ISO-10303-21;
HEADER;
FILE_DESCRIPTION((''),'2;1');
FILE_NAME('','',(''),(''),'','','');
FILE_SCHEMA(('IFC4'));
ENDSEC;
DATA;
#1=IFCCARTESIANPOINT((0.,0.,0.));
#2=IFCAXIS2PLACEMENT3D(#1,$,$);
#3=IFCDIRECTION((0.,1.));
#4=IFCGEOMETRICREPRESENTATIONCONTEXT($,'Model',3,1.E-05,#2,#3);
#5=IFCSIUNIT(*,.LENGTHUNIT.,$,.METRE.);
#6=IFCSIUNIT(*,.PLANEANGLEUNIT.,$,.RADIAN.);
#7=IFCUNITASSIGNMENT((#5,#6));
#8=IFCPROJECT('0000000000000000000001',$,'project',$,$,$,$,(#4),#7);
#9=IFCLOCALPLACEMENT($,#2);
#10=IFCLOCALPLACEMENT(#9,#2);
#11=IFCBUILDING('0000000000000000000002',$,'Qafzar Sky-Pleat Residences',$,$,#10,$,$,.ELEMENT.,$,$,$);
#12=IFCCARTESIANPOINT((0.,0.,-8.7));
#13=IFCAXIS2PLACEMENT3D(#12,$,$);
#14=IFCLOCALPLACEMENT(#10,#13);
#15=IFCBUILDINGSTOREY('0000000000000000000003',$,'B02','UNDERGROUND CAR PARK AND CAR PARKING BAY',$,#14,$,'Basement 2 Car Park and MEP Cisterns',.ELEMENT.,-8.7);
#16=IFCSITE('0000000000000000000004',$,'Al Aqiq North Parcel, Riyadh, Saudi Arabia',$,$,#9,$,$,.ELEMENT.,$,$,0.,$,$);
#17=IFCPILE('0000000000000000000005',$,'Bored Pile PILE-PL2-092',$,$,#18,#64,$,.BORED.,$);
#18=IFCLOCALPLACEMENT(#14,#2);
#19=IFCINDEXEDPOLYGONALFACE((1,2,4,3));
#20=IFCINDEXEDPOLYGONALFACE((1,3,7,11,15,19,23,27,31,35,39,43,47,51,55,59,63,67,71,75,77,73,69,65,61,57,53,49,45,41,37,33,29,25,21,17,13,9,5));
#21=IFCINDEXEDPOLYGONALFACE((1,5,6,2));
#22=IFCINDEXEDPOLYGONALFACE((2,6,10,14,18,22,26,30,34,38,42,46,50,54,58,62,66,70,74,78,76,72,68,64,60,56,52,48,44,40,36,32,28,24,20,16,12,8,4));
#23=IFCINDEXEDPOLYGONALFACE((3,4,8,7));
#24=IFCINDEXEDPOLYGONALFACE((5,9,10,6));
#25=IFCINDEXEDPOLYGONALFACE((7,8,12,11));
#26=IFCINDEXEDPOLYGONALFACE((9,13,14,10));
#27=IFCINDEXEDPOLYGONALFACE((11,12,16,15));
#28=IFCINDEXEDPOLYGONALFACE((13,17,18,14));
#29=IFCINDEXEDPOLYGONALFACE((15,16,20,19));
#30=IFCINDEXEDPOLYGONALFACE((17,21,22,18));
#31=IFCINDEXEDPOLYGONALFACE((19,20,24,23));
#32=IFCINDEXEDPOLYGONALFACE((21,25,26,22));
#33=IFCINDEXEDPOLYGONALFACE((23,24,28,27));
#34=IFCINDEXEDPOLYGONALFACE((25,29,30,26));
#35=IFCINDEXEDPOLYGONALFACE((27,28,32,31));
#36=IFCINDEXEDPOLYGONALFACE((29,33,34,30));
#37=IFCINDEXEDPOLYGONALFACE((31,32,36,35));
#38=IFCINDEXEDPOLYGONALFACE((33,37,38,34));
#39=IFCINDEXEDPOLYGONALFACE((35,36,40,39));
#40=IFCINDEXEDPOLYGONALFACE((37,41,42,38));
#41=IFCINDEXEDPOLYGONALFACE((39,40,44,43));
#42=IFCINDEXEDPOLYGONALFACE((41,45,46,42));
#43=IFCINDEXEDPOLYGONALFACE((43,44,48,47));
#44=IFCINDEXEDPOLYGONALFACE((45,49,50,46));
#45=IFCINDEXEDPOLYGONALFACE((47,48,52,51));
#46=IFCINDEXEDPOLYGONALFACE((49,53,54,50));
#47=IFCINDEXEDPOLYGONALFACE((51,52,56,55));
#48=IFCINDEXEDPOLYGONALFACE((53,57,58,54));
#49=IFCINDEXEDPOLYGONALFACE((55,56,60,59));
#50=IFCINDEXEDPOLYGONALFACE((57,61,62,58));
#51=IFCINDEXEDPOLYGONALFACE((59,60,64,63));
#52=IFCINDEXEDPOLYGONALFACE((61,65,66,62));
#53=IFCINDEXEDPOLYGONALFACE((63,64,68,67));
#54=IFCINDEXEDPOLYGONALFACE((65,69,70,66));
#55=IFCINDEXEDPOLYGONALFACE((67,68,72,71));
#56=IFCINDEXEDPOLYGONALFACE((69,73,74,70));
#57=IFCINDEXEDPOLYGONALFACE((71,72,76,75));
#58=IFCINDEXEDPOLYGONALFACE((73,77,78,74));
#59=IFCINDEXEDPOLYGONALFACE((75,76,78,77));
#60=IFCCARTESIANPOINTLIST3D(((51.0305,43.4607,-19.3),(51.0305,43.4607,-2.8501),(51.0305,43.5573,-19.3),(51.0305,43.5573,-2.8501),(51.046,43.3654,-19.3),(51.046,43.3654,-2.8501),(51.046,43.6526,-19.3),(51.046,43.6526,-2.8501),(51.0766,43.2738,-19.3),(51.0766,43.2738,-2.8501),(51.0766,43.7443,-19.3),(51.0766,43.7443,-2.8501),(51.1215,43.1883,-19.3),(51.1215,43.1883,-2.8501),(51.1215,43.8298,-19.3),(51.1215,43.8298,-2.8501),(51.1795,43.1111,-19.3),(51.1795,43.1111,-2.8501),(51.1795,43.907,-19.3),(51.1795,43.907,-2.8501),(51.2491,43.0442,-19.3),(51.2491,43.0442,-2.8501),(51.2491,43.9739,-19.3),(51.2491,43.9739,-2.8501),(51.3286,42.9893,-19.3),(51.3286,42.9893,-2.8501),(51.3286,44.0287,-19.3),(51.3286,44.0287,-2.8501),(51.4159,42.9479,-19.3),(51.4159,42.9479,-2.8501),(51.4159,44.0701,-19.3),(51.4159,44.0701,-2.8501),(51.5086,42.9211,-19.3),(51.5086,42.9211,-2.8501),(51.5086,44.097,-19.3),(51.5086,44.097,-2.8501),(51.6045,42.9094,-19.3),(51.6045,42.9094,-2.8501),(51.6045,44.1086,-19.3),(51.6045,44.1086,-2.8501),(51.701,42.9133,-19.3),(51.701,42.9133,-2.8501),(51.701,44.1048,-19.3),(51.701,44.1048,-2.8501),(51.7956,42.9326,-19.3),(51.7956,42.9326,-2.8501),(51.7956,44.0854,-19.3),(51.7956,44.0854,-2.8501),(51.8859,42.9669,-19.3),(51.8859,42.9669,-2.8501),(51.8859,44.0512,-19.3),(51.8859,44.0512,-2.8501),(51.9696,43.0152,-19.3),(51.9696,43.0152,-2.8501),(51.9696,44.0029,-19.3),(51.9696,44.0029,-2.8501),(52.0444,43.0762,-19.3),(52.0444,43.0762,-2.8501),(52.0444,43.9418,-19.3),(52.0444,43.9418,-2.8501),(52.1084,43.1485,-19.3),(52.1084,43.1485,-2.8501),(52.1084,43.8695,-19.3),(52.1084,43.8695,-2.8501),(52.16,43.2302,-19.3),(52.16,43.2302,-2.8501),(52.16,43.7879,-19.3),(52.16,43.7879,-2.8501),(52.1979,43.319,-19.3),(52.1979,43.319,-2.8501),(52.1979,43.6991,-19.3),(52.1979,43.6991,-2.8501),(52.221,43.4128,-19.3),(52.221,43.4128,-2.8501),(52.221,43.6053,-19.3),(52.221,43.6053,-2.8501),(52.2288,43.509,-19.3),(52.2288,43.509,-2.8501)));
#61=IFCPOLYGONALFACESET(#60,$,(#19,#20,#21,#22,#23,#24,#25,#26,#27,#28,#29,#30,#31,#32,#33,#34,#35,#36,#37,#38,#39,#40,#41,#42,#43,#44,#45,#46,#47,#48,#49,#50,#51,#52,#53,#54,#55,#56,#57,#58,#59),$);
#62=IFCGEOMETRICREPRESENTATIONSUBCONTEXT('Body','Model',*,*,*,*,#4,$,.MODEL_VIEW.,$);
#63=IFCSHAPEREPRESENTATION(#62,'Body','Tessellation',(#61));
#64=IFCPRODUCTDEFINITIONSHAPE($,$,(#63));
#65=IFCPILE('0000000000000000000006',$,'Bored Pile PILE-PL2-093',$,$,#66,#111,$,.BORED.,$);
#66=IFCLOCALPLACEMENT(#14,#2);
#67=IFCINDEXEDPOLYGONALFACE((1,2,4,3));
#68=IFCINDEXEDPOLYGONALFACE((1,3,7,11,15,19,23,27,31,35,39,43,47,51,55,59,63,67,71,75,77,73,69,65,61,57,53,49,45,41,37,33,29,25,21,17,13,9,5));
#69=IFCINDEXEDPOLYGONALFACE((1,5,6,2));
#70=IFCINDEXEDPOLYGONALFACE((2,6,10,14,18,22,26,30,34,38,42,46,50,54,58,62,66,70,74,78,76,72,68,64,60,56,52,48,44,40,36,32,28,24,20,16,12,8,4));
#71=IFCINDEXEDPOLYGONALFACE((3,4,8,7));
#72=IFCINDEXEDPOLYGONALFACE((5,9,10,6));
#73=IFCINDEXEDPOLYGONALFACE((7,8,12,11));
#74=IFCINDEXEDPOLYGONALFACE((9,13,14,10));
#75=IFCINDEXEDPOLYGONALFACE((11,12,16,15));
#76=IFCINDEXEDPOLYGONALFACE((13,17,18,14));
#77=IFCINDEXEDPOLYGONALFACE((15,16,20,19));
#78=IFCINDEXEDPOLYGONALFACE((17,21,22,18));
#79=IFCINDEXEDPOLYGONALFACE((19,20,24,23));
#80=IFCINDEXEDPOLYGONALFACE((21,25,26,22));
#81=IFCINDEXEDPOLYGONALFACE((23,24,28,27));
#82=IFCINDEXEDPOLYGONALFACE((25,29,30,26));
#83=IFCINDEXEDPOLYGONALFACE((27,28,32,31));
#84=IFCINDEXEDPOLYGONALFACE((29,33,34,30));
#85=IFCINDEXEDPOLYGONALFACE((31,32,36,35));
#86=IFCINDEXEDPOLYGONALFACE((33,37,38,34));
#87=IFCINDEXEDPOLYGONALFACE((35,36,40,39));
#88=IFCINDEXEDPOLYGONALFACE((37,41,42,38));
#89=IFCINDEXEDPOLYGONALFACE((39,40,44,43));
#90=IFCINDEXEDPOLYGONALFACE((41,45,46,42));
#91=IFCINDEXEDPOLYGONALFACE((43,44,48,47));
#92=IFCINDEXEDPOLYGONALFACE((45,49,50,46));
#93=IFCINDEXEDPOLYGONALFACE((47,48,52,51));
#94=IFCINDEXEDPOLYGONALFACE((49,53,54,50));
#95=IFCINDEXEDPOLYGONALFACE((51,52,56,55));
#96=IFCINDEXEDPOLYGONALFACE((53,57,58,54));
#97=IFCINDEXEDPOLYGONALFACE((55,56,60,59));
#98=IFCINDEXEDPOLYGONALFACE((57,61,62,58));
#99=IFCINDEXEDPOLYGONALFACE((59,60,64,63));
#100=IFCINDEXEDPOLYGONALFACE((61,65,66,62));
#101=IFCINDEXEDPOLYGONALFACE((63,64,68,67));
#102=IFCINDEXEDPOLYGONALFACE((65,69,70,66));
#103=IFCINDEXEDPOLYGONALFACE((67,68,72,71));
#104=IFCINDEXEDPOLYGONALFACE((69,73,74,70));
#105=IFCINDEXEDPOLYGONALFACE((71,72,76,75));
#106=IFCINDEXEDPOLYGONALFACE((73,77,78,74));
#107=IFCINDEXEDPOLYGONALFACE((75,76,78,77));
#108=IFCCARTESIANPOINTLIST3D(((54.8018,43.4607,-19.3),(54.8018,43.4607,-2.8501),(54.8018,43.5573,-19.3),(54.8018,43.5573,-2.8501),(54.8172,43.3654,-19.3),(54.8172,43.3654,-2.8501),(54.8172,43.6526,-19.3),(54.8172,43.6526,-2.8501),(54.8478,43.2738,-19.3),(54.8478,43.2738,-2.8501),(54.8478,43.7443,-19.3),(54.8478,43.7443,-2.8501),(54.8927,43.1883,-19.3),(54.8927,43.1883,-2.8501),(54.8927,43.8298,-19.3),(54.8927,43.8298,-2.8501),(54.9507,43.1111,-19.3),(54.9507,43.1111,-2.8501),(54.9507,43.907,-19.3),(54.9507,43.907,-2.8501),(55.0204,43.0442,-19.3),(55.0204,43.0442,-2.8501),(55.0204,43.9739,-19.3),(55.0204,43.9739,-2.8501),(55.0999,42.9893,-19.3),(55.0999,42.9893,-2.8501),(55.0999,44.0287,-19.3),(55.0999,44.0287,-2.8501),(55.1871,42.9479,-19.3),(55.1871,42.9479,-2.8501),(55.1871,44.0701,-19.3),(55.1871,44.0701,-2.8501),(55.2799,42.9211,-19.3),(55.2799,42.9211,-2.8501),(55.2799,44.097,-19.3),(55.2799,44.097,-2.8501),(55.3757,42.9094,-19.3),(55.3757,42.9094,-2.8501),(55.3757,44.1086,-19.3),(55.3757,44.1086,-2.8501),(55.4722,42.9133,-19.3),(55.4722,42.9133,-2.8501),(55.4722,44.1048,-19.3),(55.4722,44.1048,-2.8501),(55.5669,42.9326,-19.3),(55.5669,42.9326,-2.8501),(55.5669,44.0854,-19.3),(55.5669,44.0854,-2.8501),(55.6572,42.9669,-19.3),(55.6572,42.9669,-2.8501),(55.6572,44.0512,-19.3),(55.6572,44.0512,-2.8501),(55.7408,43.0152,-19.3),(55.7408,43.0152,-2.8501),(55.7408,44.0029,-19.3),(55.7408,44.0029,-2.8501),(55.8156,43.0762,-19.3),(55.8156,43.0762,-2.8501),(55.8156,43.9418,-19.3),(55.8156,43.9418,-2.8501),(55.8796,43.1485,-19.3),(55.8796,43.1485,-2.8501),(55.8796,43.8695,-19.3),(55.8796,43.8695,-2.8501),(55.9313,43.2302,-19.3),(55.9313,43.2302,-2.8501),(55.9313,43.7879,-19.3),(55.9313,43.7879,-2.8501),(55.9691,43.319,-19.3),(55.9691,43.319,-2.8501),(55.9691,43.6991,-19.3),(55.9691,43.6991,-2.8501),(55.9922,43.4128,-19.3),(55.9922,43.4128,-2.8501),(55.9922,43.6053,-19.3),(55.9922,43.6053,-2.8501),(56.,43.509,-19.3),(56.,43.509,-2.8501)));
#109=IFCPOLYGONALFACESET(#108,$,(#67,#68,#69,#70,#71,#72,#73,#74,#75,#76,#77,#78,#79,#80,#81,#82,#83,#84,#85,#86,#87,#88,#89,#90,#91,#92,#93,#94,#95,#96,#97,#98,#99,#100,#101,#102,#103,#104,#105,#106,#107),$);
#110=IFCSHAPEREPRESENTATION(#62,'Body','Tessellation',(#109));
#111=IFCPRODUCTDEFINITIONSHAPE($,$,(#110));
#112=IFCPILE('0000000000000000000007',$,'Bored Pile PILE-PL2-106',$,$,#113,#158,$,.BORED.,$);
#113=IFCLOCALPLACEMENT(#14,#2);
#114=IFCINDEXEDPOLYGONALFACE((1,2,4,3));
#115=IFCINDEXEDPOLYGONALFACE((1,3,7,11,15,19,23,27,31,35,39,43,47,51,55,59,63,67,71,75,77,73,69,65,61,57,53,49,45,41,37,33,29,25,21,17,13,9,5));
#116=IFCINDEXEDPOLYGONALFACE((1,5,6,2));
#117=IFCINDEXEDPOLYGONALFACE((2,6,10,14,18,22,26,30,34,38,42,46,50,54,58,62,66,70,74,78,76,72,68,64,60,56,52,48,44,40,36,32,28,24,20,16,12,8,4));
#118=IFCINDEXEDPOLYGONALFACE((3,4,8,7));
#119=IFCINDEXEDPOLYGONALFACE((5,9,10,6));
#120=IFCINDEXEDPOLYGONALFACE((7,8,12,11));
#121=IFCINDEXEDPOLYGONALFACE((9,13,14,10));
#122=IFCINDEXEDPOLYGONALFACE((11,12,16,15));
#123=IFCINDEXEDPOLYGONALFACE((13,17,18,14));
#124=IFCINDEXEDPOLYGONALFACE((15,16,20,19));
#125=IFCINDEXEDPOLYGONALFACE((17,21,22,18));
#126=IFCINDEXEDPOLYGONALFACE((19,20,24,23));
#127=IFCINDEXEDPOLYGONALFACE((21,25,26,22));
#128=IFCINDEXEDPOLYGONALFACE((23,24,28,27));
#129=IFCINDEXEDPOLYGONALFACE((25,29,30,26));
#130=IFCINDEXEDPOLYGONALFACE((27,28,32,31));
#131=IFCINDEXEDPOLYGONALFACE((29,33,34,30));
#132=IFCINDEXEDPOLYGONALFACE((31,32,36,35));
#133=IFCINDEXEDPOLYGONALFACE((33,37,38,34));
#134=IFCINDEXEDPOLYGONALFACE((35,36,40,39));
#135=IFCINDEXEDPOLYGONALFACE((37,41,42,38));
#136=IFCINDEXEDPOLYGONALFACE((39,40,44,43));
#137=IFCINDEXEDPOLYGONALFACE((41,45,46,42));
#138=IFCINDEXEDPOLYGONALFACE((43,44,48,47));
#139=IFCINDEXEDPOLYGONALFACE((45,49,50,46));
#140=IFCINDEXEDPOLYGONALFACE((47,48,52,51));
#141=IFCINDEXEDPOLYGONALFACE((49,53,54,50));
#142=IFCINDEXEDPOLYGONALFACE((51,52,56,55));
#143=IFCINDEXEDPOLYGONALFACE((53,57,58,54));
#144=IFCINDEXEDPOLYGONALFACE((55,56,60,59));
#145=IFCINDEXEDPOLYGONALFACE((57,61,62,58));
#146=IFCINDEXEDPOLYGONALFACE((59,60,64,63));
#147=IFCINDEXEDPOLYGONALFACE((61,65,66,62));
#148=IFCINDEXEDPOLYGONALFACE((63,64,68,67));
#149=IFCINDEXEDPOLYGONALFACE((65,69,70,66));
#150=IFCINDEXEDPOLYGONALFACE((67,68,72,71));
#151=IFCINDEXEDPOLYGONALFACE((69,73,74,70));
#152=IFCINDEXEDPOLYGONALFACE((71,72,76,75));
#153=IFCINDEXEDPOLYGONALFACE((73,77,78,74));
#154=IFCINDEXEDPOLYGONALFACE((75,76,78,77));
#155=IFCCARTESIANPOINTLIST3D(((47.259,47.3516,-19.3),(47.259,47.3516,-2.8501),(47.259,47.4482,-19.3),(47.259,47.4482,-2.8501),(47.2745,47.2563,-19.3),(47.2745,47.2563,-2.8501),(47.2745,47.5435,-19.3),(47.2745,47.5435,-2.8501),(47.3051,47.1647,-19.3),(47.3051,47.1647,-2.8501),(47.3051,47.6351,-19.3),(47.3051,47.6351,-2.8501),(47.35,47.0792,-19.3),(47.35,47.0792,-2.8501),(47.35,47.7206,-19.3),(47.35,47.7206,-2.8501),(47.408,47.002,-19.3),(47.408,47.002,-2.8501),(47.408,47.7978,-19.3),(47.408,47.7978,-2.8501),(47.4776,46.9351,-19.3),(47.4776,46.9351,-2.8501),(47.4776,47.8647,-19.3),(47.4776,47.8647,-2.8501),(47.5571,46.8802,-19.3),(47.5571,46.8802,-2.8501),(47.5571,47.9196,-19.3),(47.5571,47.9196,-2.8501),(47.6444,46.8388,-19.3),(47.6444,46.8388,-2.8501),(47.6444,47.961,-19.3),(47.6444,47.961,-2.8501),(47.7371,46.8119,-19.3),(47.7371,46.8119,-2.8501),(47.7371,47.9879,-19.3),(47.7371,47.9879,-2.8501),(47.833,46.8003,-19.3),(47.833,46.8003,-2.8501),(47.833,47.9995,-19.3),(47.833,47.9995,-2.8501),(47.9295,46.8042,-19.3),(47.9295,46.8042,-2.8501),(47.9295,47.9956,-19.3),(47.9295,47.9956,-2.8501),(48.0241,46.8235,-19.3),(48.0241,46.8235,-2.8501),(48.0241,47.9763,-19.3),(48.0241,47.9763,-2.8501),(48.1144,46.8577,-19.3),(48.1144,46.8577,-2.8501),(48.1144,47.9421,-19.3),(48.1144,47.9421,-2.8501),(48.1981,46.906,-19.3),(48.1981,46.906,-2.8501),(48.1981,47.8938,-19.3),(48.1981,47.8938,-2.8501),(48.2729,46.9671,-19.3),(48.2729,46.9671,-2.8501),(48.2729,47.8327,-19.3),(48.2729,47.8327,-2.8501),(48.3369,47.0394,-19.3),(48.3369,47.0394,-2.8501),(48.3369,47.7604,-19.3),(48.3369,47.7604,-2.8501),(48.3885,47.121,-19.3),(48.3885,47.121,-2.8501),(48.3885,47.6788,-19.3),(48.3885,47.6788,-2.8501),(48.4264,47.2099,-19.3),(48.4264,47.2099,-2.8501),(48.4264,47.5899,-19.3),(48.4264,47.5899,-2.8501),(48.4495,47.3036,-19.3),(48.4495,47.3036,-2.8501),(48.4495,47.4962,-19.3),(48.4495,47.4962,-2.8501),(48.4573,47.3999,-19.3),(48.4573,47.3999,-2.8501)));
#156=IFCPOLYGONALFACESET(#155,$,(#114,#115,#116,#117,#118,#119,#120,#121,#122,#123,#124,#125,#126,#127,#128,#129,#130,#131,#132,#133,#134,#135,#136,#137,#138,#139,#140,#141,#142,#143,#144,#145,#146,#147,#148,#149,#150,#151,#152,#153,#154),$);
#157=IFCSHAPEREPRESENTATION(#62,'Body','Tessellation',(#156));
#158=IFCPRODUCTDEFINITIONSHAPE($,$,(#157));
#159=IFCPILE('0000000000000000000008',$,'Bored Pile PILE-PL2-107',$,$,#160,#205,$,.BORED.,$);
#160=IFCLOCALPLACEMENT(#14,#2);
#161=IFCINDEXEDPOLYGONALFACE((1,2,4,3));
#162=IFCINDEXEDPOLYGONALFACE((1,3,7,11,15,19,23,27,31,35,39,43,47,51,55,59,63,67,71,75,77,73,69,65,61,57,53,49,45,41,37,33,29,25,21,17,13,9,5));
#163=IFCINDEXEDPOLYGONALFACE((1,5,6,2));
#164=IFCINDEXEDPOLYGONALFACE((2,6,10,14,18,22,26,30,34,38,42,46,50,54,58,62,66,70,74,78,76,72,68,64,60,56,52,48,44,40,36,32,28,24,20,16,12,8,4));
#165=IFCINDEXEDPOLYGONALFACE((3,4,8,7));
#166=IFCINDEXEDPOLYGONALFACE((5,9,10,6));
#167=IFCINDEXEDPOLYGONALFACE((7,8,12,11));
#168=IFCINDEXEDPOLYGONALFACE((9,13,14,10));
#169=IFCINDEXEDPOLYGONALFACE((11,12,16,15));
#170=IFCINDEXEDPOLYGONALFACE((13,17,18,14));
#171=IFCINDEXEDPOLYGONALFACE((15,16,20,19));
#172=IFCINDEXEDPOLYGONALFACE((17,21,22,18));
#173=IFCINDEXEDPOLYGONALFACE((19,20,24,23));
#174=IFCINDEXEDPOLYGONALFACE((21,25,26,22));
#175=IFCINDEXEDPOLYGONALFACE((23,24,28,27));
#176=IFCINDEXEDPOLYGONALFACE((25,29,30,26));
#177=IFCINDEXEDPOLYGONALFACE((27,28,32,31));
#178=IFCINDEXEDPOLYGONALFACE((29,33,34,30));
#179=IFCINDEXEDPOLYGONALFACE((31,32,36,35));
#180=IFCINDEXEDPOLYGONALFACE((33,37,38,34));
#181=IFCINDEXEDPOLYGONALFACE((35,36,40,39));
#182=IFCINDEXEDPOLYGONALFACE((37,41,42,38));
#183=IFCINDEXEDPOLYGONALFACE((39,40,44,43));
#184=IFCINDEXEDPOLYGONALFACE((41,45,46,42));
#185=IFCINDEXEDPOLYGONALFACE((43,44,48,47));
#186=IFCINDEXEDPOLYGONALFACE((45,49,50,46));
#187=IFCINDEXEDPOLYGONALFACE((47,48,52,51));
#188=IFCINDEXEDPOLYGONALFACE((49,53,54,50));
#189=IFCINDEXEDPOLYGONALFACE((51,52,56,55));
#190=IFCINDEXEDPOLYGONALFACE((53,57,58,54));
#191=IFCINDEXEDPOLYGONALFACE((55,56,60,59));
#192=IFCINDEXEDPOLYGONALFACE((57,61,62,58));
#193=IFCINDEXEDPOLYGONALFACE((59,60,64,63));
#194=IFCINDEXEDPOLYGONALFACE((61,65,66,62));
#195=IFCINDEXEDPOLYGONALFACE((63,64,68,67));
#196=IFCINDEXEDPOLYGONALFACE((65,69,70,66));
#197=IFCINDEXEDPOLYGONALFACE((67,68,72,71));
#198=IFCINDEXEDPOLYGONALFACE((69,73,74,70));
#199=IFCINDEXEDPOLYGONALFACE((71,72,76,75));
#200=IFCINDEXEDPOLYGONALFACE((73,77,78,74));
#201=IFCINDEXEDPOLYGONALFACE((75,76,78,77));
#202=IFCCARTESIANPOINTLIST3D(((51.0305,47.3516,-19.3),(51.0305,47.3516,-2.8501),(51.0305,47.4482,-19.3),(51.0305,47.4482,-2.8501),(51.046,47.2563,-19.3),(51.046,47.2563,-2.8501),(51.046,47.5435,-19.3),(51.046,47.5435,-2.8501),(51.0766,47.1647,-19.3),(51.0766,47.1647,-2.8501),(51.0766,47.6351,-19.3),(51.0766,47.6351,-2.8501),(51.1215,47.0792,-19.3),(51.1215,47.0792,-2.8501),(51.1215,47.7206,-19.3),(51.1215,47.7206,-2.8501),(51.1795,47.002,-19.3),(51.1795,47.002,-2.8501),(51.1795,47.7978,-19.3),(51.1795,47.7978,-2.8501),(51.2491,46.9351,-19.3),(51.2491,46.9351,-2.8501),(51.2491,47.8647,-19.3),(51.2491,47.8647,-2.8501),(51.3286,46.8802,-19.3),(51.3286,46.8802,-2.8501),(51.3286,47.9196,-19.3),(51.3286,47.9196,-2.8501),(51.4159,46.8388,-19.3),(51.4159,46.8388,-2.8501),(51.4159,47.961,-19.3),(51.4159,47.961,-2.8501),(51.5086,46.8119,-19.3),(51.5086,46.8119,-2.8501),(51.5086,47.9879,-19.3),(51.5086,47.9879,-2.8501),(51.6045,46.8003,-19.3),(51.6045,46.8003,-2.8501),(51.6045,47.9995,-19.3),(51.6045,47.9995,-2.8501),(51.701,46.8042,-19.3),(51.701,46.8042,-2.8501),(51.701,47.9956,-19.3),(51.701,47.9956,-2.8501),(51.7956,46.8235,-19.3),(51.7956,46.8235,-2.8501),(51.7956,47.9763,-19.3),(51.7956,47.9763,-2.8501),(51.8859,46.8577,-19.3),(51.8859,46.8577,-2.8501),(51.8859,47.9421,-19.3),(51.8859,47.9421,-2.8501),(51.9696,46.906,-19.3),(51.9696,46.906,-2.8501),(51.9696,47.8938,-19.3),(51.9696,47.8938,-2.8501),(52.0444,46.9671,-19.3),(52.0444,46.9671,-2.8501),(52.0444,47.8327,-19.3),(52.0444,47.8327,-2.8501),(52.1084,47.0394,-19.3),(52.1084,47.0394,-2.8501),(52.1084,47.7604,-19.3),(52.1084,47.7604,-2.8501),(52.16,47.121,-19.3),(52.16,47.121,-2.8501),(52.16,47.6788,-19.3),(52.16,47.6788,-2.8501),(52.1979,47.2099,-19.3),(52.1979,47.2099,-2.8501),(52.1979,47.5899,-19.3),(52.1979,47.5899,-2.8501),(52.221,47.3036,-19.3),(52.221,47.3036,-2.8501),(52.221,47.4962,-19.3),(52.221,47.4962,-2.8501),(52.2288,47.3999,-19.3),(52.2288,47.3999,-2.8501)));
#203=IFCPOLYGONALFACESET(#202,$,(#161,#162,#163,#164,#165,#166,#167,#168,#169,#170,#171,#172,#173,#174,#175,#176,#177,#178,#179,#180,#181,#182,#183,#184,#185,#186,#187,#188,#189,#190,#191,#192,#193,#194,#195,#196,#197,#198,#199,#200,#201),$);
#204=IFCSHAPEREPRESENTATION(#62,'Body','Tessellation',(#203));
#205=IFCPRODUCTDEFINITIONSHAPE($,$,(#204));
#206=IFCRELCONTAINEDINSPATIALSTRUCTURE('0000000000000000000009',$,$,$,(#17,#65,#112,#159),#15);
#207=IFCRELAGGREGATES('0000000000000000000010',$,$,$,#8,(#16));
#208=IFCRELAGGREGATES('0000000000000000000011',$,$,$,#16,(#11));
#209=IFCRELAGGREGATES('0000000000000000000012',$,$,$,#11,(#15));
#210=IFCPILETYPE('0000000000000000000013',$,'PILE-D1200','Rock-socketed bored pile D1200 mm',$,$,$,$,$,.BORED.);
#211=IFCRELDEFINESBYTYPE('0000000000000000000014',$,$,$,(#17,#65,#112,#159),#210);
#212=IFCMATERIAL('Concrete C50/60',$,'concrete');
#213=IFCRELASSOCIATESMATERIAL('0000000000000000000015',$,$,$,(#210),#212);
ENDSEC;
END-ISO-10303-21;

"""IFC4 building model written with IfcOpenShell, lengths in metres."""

from ifc_helpers import new_model, si_unit, direction, frame, origin, origin_2d, place, context, subcontext, project, spatial, circle, extrude, source, transform, mapped, material, material_profile, profile_set, type_object, element, save


model = new_model("IFC4")

# Units and contexts
model_context = context("Model", 3, precision=1e-05, world=origin(), true_north=direction((0.0, 1.0)))
body_context = subcontext(model_context, "Body", "Model", "MODEL_VIEW")
ifc_project = project(units=[si_unit("LENGTHUNIT", "METRE"), si_unit("PLANEANGLEUNIT", "RADIAN")], contexts=[model_context])

# Site, building, storey
site_placement = place(None, origin())
site = spatial("IfcSite", under=ifc_project, at=site_placement, Name="Al Aqiq North Parcel, Riyadh, Saudi Arabia", CompositionType="ELEMENT", RefElevation=0.0)
building_placement = place(site_placement, origin())
building = spatial("IfcBuilding", under=site, at=building_placement, Name="Qafzar Sky-Pleat Residences", CompositionType="ELEMENT")
storey_placement = place(building_placement, frame((0.0, 0.0, -8.7)))
storey = spatial("IfcBuildingStorey", under=building, at=storey_placement, Name="B02", Description="UNDERGROUND CAR PARK AND CAR PARKING BAY", LongName="Basement 2 Car Park and MEP Cisterns", CompositionType="ELEMENT", Elevation=-8.7)

# Piles
ifc_material_1 = material(Name="Concrete C50/60", Category="concrete")
ifc_material_profile_1 = material_profile(ifc_material_1, circle(Radius=0.6001, at=origin_2d()), Name="PILE D1200")
ifc_profile_set_1 = profile_set([ifc_material_profile_1], Name="Concrete C50/60")
pile_type = type_object("IfcPileType", Name="PILE-D1200", Description="Rock-socketed bored pile D1200 mm", PredefinedType="BORED", material=ifc_profile_set_1)
shared_shape_1 = source(origin(), body_context, "Body", "SweptSolid", [
    extrude(circle(Radius=0.6001, at=origin_2d()), origin(), (0.0, 0.0, 1.0), 16.45),
])
for number, where, z_axis, x_axis, name in (
    (1, (51.6287, 43.509, -2.8501), (0.0, 0.0, -1.0), (1.0, 0.0, 0.0), "Bored Pile PILE-PL2-092"),
    (2, (55.3999, 43.509, -2.8501), (0.0, 0.0, -1.0), (1.0, 0.0, 0.0), "Bored Pile PILE-PL2-093"),
    (3, (47.8572, 47.3999, -2.8501), (0.0, 0.0, -1.0), (1.0, 0.0, 0.0), "Bored Pile PILE-PL2-106"),
    (4, (51.6287, 47.3999, -2.8501), (0.0, 0.0, -1.0), (1.0, 0.0, 0.0), "Bored Pile PILE-PL2-107"),
):
    element("IfcPile", number, at=place(storey_placement, frame(where, z_axis=z_axis, x_axis=x_axis)), inside=storey, type_object=pile_type, Name=name, PredefinedType="BORED", context=body_context, shape_type="MappedRepresentation", body=[
        mapped(shared_shape_1, transform((0.0, 0.0, 0.0), x_axis=(1.0, 0.0, 0.0), y_axis=(0.0, 1.0, 0.0), z_axis=(0.0, 0.0, 1.0), scale=1.0)),
    ])

save(model, "model.ifc")
